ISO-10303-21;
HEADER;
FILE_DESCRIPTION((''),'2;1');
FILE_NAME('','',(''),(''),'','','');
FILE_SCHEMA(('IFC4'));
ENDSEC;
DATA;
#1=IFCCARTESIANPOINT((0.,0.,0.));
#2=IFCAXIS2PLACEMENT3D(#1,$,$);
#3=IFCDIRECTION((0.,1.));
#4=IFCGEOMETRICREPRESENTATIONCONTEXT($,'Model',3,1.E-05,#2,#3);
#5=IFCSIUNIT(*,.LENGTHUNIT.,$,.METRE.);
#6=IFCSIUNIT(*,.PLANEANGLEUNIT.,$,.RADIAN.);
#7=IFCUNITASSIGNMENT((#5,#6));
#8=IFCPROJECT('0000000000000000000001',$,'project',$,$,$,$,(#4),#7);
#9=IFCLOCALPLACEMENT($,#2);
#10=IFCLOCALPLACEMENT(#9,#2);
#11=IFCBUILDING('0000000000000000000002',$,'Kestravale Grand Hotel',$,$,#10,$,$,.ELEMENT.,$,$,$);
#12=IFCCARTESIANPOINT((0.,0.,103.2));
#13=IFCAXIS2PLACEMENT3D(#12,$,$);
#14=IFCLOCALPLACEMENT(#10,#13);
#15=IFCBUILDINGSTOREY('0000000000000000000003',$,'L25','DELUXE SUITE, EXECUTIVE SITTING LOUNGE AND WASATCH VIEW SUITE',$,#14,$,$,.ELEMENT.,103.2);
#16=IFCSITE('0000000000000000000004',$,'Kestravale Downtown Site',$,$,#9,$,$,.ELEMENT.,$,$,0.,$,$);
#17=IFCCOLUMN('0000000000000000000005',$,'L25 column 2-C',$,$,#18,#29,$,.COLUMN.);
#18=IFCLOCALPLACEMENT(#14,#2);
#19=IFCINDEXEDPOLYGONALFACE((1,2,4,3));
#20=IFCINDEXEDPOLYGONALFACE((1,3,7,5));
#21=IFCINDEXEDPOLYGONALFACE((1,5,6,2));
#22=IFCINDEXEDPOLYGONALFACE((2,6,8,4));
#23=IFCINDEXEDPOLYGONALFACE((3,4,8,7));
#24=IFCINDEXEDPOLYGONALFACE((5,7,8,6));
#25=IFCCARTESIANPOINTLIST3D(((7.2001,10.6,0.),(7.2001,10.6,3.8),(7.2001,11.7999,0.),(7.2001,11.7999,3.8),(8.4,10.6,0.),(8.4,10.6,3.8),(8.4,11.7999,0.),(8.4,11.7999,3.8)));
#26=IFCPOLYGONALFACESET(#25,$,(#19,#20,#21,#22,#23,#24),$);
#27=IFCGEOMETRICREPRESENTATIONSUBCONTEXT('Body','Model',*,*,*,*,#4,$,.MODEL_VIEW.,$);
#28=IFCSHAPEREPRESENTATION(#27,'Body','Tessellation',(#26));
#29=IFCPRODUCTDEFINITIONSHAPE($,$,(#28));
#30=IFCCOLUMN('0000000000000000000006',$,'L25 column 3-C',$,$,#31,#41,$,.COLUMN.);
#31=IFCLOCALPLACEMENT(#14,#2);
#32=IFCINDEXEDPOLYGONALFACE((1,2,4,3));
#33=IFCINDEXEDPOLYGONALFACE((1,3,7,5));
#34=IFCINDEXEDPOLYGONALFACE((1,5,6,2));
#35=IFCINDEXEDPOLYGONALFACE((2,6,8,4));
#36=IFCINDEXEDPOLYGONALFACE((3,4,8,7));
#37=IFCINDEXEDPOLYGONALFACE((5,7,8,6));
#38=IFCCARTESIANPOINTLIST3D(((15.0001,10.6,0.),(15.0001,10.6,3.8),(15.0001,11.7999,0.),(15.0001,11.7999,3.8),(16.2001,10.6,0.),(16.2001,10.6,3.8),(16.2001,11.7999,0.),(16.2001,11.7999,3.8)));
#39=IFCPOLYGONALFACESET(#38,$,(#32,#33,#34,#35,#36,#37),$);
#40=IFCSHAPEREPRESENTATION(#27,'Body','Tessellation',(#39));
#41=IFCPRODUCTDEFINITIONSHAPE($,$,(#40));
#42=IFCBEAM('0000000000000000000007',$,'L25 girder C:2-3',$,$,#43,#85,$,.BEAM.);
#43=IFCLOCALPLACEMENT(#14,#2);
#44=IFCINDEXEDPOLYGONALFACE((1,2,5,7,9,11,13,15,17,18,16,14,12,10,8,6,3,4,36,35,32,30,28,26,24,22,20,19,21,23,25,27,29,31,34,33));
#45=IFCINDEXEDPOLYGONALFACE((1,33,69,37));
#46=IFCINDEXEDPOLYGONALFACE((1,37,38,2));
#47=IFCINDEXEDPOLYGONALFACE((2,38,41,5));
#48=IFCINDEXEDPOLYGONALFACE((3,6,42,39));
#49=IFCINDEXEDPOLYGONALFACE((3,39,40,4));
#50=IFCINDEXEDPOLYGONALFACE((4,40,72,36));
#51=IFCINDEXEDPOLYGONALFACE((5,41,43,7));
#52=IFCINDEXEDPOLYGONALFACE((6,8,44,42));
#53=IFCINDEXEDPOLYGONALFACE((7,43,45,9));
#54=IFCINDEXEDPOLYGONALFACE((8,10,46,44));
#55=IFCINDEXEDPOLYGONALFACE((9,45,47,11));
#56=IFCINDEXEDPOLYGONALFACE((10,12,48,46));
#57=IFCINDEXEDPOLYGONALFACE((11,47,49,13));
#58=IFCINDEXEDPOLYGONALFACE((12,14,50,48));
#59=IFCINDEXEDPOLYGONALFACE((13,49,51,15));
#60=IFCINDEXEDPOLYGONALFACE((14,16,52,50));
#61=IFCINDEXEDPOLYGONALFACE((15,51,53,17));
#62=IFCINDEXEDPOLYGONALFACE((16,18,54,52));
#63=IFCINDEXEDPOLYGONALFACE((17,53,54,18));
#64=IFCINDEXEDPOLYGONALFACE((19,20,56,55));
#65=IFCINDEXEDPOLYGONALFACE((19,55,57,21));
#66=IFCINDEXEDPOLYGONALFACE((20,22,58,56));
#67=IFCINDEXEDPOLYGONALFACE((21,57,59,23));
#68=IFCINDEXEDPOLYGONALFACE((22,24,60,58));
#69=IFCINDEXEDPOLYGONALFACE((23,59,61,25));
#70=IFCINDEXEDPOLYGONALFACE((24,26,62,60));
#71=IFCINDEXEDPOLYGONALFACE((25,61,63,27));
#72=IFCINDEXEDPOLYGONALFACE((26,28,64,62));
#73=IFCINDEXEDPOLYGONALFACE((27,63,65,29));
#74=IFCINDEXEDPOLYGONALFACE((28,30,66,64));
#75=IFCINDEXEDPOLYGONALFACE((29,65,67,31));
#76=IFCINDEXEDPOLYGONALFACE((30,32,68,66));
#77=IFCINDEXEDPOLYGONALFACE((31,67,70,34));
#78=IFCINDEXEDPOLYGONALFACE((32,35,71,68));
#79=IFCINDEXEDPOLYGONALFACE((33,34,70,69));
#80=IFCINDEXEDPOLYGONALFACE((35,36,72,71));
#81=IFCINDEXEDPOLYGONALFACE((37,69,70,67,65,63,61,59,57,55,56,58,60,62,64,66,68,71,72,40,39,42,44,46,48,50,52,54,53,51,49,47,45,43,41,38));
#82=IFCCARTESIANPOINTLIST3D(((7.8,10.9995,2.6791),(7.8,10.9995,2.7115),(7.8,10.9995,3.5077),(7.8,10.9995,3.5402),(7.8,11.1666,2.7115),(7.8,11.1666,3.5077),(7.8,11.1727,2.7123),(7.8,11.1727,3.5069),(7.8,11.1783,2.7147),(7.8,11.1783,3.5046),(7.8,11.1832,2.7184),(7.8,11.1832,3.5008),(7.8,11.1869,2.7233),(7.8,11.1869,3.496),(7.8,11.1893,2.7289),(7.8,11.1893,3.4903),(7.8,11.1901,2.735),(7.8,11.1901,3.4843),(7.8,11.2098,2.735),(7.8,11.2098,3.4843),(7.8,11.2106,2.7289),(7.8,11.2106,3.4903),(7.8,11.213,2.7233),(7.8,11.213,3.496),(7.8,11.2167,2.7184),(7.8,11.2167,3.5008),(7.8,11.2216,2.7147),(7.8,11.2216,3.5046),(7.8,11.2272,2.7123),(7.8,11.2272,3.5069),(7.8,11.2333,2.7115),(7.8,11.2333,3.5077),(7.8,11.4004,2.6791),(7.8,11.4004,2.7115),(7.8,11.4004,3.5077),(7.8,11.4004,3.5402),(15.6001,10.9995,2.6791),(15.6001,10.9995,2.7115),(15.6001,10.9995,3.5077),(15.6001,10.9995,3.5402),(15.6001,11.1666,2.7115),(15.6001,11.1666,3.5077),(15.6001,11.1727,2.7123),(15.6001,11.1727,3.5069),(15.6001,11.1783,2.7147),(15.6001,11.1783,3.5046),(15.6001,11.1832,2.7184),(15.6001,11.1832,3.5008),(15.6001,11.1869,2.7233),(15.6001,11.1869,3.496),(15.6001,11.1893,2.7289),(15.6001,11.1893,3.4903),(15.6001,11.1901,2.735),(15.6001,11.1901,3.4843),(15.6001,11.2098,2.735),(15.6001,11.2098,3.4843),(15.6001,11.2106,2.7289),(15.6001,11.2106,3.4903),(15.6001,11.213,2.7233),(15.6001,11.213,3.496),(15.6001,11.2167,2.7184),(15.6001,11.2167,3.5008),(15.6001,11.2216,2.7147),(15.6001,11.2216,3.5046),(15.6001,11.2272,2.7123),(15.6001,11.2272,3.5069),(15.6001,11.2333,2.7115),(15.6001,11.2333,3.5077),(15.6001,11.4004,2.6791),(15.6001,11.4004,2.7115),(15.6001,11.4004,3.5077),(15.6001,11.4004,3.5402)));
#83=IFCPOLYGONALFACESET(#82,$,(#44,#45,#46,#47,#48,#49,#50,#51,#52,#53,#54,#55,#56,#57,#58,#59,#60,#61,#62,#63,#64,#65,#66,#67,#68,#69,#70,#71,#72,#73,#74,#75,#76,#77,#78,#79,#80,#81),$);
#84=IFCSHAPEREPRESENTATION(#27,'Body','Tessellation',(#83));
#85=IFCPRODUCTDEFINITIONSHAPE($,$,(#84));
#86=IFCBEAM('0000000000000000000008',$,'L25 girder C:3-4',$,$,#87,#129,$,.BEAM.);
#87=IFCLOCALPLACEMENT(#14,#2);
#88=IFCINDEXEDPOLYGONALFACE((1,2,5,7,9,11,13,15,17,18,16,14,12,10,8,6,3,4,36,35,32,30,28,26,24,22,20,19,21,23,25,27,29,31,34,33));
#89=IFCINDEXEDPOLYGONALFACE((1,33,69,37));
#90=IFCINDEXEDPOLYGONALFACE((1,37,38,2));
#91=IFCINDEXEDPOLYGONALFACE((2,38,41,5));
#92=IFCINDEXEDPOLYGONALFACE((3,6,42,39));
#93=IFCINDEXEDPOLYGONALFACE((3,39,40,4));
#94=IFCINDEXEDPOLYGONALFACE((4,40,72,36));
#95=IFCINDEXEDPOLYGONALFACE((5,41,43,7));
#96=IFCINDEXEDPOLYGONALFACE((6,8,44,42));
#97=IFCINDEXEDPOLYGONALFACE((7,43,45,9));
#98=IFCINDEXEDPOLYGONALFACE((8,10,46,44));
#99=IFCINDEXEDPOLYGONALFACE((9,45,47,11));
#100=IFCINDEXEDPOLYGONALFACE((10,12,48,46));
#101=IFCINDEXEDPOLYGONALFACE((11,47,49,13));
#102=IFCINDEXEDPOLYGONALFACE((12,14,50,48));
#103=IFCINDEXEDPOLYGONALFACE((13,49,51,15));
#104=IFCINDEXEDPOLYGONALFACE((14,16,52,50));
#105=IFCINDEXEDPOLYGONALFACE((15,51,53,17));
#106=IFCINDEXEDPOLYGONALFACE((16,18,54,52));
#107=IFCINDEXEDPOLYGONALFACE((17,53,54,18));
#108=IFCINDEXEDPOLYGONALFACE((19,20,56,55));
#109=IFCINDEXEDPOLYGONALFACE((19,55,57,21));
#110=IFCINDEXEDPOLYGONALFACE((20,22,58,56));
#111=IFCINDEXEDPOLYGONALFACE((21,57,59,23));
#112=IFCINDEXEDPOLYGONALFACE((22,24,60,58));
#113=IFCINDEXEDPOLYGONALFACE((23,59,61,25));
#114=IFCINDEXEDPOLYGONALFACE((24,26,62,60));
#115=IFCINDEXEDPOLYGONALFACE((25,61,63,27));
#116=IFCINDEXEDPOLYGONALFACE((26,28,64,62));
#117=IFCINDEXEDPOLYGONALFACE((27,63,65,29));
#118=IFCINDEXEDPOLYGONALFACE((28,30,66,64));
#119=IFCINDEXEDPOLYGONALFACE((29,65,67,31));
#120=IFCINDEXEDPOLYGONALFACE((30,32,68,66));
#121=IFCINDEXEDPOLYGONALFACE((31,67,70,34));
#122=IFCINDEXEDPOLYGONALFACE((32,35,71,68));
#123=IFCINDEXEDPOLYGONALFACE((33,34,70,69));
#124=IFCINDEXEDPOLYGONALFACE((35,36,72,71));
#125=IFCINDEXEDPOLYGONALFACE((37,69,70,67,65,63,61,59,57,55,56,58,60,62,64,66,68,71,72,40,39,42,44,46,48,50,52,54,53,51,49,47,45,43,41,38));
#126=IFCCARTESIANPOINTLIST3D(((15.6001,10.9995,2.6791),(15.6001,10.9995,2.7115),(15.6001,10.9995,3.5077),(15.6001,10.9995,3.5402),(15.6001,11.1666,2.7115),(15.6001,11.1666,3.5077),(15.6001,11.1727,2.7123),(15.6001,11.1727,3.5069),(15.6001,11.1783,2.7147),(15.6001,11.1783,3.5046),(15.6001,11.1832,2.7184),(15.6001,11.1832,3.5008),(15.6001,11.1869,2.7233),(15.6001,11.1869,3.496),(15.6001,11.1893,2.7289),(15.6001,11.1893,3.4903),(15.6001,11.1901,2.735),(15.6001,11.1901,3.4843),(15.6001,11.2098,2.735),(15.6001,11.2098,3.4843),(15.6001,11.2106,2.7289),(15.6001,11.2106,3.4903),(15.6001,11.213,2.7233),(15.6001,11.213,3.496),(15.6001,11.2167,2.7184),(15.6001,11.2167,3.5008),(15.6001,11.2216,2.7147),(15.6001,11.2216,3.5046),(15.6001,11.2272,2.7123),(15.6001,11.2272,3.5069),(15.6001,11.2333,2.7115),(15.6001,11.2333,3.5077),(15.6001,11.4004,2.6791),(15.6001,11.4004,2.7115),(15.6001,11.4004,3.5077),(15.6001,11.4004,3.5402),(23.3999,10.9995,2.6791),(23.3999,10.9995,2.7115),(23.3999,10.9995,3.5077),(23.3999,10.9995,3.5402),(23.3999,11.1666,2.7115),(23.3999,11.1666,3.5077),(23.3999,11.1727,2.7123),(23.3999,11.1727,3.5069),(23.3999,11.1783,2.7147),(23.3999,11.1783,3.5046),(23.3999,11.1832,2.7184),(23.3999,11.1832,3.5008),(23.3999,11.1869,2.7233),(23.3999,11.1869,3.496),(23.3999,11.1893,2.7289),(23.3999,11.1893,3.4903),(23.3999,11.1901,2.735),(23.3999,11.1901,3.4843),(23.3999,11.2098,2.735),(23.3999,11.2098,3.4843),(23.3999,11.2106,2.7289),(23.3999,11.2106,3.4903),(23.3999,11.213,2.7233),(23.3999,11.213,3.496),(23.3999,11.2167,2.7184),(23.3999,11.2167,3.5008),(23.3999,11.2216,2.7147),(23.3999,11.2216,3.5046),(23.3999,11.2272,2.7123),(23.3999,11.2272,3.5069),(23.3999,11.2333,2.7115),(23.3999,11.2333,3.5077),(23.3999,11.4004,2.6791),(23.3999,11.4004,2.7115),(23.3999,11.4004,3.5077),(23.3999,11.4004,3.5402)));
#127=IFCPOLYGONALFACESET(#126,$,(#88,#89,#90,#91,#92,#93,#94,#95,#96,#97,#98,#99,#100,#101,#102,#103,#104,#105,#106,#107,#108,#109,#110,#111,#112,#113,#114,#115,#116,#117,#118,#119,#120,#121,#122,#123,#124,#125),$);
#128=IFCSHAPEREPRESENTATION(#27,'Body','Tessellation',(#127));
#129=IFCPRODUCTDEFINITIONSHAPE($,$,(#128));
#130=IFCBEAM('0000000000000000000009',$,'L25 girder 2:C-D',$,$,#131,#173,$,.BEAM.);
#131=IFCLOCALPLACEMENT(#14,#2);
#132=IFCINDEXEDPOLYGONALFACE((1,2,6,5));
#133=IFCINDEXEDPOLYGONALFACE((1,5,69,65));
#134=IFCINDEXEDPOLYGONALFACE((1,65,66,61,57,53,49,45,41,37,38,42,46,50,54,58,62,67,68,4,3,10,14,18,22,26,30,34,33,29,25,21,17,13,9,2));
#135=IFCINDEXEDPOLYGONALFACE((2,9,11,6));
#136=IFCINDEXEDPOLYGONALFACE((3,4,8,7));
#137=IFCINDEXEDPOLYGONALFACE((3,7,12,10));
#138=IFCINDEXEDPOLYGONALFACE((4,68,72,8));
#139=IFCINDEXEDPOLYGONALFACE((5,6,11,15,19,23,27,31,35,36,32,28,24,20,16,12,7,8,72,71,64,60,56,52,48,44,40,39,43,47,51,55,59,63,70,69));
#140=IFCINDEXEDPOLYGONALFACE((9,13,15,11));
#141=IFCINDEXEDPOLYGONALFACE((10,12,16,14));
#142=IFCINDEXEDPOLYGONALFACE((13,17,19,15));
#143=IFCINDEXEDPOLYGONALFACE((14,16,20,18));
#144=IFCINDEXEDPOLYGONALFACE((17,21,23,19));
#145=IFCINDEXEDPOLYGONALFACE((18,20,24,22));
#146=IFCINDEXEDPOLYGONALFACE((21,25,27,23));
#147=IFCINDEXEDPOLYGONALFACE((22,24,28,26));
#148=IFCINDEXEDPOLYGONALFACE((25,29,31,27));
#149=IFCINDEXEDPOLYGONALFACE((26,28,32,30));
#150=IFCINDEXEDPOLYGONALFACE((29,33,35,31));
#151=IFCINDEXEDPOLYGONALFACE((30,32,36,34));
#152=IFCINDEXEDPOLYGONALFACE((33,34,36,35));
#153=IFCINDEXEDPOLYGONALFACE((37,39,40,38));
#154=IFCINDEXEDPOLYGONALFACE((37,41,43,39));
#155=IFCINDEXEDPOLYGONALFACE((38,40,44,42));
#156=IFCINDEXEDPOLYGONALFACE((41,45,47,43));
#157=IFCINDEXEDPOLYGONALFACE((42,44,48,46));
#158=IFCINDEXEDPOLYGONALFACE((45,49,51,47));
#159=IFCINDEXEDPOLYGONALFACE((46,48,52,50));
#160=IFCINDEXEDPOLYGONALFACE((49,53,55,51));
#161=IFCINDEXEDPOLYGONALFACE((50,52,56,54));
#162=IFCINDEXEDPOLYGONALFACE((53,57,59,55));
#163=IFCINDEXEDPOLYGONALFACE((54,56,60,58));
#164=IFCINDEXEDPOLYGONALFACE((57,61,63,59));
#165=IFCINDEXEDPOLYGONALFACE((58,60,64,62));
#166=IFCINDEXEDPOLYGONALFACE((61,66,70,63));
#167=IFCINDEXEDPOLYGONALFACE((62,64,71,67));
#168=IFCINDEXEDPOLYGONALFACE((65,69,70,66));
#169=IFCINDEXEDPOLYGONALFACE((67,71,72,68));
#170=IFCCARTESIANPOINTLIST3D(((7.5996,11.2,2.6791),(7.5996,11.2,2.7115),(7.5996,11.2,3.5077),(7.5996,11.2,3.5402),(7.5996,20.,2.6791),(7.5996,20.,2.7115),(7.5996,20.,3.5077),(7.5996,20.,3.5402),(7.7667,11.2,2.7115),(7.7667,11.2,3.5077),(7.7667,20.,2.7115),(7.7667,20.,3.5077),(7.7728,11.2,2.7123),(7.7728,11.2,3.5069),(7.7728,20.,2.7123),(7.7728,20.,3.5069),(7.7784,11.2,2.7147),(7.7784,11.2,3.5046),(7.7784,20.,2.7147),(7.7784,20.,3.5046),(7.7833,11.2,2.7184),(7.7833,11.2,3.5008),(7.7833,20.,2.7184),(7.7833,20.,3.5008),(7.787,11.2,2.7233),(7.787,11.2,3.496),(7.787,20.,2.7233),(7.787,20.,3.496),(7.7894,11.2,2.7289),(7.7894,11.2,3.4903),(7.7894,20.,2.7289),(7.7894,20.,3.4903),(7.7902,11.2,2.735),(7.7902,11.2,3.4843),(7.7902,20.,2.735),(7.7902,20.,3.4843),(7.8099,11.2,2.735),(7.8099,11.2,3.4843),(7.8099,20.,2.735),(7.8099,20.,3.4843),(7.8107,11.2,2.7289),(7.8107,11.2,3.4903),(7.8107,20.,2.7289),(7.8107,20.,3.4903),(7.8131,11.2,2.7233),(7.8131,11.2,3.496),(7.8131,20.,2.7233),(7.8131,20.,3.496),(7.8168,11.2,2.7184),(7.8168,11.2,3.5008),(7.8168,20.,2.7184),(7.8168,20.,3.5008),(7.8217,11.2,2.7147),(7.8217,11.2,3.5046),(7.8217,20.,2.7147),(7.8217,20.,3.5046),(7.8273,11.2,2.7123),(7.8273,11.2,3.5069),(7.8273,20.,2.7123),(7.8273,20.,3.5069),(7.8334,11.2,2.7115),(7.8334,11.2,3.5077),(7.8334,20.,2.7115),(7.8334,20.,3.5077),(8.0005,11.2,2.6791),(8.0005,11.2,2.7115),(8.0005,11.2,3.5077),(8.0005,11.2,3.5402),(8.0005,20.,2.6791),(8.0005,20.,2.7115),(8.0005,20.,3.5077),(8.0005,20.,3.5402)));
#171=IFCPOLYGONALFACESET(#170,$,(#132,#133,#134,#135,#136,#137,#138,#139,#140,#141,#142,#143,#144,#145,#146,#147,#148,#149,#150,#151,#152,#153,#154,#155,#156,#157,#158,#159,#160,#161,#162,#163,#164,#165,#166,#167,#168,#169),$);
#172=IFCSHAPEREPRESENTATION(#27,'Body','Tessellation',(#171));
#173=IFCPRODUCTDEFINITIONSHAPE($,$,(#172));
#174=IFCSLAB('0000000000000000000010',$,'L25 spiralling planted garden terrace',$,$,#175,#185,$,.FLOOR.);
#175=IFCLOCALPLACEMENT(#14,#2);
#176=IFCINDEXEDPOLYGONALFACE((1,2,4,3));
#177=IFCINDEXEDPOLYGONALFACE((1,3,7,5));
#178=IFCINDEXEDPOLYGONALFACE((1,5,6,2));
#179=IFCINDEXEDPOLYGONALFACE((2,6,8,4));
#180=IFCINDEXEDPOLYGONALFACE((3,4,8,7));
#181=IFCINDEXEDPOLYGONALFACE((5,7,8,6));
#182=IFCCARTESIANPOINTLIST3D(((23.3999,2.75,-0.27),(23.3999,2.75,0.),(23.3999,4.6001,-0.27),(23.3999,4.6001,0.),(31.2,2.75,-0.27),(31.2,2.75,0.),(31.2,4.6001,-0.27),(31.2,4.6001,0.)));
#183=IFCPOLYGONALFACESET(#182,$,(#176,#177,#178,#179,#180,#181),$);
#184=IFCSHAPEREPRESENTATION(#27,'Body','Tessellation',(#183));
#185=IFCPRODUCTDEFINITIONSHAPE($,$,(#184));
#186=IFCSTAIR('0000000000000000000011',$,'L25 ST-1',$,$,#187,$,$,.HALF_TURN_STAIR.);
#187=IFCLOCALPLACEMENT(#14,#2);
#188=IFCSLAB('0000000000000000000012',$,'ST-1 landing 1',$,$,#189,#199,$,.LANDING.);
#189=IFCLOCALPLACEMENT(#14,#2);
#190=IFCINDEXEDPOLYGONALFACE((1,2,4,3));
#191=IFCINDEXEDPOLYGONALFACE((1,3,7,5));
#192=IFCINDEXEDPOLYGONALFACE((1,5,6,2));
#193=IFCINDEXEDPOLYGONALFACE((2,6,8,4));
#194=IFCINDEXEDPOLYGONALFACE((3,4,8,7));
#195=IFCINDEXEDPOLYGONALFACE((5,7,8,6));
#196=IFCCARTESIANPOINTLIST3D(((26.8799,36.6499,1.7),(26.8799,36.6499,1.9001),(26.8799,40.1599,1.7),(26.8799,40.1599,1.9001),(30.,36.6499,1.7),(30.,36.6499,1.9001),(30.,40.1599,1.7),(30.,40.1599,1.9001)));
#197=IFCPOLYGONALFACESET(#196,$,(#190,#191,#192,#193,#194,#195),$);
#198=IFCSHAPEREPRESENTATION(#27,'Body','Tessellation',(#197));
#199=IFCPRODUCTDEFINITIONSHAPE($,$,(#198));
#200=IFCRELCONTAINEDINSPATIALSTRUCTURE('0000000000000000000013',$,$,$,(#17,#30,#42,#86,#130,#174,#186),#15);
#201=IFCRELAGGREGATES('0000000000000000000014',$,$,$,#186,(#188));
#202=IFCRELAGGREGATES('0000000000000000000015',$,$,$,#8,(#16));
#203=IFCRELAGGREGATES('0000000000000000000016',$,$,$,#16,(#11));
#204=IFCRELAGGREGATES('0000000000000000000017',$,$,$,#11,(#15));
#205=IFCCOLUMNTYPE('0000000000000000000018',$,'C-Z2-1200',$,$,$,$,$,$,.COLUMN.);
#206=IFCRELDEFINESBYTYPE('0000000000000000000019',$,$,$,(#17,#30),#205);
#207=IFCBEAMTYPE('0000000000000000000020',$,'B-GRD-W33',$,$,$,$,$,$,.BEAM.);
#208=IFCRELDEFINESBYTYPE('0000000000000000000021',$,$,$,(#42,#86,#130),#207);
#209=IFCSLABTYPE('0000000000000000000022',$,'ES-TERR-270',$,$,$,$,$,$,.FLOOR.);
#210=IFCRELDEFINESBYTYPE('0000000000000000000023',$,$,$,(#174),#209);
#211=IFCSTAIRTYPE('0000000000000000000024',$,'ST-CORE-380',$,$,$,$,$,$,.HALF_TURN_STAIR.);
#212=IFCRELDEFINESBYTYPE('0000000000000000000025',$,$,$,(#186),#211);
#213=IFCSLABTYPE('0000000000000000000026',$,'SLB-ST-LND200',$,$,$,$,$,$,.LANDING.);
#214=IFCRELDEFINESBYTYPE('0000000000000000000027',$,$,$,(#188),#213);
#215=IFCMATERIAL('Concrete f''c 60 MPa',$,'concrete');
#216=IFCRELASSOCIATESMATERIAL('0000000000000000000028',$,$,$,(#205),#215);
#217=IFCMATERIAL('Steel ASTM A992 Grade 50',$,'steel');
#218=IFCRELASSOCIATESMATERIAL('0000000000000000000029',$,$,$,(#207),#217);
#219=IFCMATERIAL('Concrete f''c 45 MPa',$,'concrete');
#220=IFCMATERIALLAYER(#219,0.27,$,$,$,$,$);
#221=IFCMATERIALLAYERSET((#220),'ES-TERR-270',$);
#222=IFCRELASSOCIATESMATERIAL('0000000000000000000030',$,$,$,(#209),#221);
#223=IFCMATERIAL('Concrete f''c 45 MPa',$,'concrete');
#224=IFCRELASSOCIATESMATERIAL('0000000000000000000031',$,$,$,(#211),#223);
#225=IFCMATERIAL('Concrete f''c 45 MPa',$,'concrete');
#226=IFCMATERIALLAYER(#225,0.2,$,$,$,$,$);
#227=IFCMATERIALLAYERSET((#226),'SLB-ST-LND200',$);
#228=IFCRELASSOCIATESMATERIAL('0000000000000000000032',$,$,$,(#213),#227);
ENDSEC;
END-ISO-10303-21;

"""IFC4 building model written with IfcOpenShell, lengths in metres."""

from ifc_helpers import new_model, si_unit, direction, frame, origin, origin_2d, place, context, subcontext, project, spatial, polyline, rectangle, i_section, outline, extrude, material, layer, layer_set, material_profile, profile_set, type_object, element, aggregate, save


model = new_model("IFC4")

# Units and contexts
model_context = context("Model", 3, precision=1e-05, world=origin(), true_north=direction((0.0, 1.0)))
body_context = subcontext(model_context, "Body", "Model", "MODEL_VIEW")
ifc_project = project(units=[si_unit("LENGTHUNIT", "METRE"), si_unit("PLANEANGLEUNIT", "RADIAN")], contexts=[model_context])

# Site, building, storey
site_placement = place(None, origin())
site = spatial("IfcSite", under=ifc_project, at=site_placement, Name="Kestravale Downtown Site", CompositionType="ELEMENT", RefElevation=0.0)
building_placement = place(site_placement, origin())
building = spatial("IfcBuilding", under=site, at=building_placement, Name="Kestravale Grand Hotel", CompositionType="ELEMENT")
storey_placement = place(building_placement, frame((0.0, 0.0, 103.2)))
storey = spatial("IfcBuildingStorey", under=building, at=storey_placement, Name="L25", Description="DELUXE SUITE, EXECUTIVE SITTING LOUNGE AND WASATCH VIEW SUITE", CompositionType="ELEMENT", Elevation=103.2)

# Columns
ifc_material_1 = material(Name="Concrete f'c 60 MPa", Category="concrete")
ifc_material_profile_1 = material_profile(ifc_material_1, rectangle(XDim=1.2, YDim=1.2, at=origin_2d()))
ifc_profile_set_1 = profile_set([ifc_material_profile_1], Name="Concrete f'c 60 MPa")
column_type = type_object("IfcColumnType", Name="C-Z2-1200", PredefinedType="COLUMN", material=ifc_profile_set_1)
for number, where, z_axis, x_axis, name in (
    (1, (7.8, 11.2, 0.0), (0.0, 0.0, 1.0), (1.0, 0.0, 0.0), "L25 column 2-C"),
    (2, (15.6001, 11.2, 0.0), (0.0, 0.0, 1.0), (1.0, 0.0, 0.0), "L25 column 3-C"),
):
    element("IfcColumn", number, at=place(storey_placement, frame(where, z_axis=z_axis, x_axis=x_axis)), inside=storey, type_object=column_type, Name=name, PredefinedType="COLUMN", context=body_context, shape_type="SweptSolid", body=[
        extrude(rectangle(XDim=1.2, YDim=1.2, at=origin_2d()), origin(), (0.0, 0.0, 1.0), 3.8),
    ])

# Beams
ifc_material_2 = material(Name="Steel ASTM A992 Grade 50", Category="steel")
ifc_material_profile_2 = material_profile(ifc_material_2, i_section(OverallWidth=0.4009, OverallDepth=0.8611, WebThickness=0.0198, FlangeThickness=0.0325, FilletRadius=0.0234, at=origin_2d()))
ifc_profile_set_2 = profile_set([ifc_material_profile_2], Name="Steel ASTM A992 Grade 50")
beam_type = type_object("IfcBeamType", Name="B-GRD-W33", PredefinedType="BEAM", material=ifc_profile_set_2)
beam_1_placement = place(storey_placement, frame((7.8, 11.2, 3.1096), z_axis=(1.0, 0.0, 0.0), x_axis=(0.0, 1.0, 0.0)))
element("IfcBeam", 3, at=beam_1_placement, inside=storey, type_object=beam_type, Name="L25 girder C:2-3", PredefinedType="BEAM", context=body_context, shape_type="SweptSolid", body=[
    extrude(i_section(OverallWidth=0.4009, OverallDepth=0.8611, WebThickness=0.0198, FlangeThickness=0.0325, FilletRadius=0.0234, at=origin_2d()), origin(), (0.0, 0.0, 1.0), 7.8),
])
beam_2_placement = place(storey_placement, frame((15.6001, 11.2, 3.1096), z_axis=(1.0, 0.0, 0.0), x_axis=(0.0, 1.0, 0.0)))
element("IfcBeam", 4, at=beam_2_placement, inside=storey, type_object=beam_type, Name="L25 girder C:3-4", PredefinedType="BEAM", context=body_context, shape_type="SweptSolid", body=[
    extrude(i_section(OverallWidth=0.4009, OverallDepth=0.8611, WebThickness=0.0198, FlangeThickness=0.0325, FilletRadius=0.0234, at=origin_2d()), origin(), (0.0, 0.0, 1.0), 7.7998),
])
beam_3_placement = place(storey_placement, frame((7.8, 11.2, 3.1096), z_axis=(0.0, 1.0, 0.0), x_axis=(-1.0, 0.0, 0.0)))
element("IfcBeam", 5, at=beam_3_placement, inside=storey, type_object=beam_type, Name="L25 girder 2:C-D", PredefinedType="BEAM", context=body_context, shape_type="SweptSolid", body=[
    extrude(i_section(OverallWidth=0.4009, OverallDepth=0.8611, WebThickness=0.0198, FlangeThickness=0.0325, FilletRadius=0.0234, at=origin_2d()), origin(), (0.0, 0.0, 1.0), 8.8),
])

# Slab
ifc_material_3 = material(Name="Concrete f'c 45 MPa", Category="concrete")
ifc_layer_1 = layer(ifc_material_3, 0.27)
ifc_layer_set_1 = layer_set([ifc_layer_1], Name="ES-TERR-270")
slab_type_1 = type_object("IfcSlabType", Name="ES-TERR-270", PredefinedType="FLOOR", material=ifc_layer_set_1)
slab_1_placement = place(storey_placement, frame((0.0, 0.0, -0.27)))
element("IfcSlab", 6, at=slab_1_placement, inside=storey, type_object=slab_type_1, Name="L25 spiralling planted garden terrace", PredefinedType="FLOOR", context=body_context, shape_type="SweptSolid", body=[
    extrude(outline(polyline([(23.3999, 2.75), (31.2, 2.75), (31.2, 4.6001), (23.3999, 4.6001), (23.3999, 2.75)])), origin(), (0.0, 0.0, 1.0), 0.27),
])

# Stair, slab
ifc_material_4 = material(Name="Concrete f'c 45 MPa", Category="concrete")
stair_type = type_object("IfcStairType", Name="ST-CORE-380", PredefinedType="HALF_TURN_STAIR", material=ifc_material_4)
stair_1_placement = place(storey_placement, origin())
stair_1 = element("IfcStair", 7, at=stair_1_placement, inside=storey, type_object=stair_type, Name="L25 ST-1", PredefinedType="HALF_TURN_STAIR")
ifc_material_5 = material(Name="Concrete f'c 45 MPa", Category="concrete")
ifc_layer_2 = layer(ifc_material_5, 0.2)
ifc_layer_set_2 = layer_set([ifc_layer_2], Name="SLB-ST-LND200")
slab_type_2 = type_object("IfcSlabType", Name="SLB-ST-LND200", PredefinedType="LANDING", material=ifc_layer_set_2)
slab_2_placement = place(storey_placement, frame((0.0, 0.0, 1.7)))
slab_2 = element("IfcSlab", 8, at=slab_2_placement, type_object=slab_type_2, Name="ST-1 landing 1", PredefinedType="LANDING", context=body_context, shape_type="SweptSolid", body=[
    extrude(outline(polyline([(26.8799, 36.6499), (30.0, 36.6499), (30.0, 40.1599), (26.8799, 40.1599), (26.8799, 36.6499)])), origin(), (0.0, 0.0, 1.0), 0.2002),
])
aggregate(stair_1, [slab_2])

save(model, "model.ifc")
